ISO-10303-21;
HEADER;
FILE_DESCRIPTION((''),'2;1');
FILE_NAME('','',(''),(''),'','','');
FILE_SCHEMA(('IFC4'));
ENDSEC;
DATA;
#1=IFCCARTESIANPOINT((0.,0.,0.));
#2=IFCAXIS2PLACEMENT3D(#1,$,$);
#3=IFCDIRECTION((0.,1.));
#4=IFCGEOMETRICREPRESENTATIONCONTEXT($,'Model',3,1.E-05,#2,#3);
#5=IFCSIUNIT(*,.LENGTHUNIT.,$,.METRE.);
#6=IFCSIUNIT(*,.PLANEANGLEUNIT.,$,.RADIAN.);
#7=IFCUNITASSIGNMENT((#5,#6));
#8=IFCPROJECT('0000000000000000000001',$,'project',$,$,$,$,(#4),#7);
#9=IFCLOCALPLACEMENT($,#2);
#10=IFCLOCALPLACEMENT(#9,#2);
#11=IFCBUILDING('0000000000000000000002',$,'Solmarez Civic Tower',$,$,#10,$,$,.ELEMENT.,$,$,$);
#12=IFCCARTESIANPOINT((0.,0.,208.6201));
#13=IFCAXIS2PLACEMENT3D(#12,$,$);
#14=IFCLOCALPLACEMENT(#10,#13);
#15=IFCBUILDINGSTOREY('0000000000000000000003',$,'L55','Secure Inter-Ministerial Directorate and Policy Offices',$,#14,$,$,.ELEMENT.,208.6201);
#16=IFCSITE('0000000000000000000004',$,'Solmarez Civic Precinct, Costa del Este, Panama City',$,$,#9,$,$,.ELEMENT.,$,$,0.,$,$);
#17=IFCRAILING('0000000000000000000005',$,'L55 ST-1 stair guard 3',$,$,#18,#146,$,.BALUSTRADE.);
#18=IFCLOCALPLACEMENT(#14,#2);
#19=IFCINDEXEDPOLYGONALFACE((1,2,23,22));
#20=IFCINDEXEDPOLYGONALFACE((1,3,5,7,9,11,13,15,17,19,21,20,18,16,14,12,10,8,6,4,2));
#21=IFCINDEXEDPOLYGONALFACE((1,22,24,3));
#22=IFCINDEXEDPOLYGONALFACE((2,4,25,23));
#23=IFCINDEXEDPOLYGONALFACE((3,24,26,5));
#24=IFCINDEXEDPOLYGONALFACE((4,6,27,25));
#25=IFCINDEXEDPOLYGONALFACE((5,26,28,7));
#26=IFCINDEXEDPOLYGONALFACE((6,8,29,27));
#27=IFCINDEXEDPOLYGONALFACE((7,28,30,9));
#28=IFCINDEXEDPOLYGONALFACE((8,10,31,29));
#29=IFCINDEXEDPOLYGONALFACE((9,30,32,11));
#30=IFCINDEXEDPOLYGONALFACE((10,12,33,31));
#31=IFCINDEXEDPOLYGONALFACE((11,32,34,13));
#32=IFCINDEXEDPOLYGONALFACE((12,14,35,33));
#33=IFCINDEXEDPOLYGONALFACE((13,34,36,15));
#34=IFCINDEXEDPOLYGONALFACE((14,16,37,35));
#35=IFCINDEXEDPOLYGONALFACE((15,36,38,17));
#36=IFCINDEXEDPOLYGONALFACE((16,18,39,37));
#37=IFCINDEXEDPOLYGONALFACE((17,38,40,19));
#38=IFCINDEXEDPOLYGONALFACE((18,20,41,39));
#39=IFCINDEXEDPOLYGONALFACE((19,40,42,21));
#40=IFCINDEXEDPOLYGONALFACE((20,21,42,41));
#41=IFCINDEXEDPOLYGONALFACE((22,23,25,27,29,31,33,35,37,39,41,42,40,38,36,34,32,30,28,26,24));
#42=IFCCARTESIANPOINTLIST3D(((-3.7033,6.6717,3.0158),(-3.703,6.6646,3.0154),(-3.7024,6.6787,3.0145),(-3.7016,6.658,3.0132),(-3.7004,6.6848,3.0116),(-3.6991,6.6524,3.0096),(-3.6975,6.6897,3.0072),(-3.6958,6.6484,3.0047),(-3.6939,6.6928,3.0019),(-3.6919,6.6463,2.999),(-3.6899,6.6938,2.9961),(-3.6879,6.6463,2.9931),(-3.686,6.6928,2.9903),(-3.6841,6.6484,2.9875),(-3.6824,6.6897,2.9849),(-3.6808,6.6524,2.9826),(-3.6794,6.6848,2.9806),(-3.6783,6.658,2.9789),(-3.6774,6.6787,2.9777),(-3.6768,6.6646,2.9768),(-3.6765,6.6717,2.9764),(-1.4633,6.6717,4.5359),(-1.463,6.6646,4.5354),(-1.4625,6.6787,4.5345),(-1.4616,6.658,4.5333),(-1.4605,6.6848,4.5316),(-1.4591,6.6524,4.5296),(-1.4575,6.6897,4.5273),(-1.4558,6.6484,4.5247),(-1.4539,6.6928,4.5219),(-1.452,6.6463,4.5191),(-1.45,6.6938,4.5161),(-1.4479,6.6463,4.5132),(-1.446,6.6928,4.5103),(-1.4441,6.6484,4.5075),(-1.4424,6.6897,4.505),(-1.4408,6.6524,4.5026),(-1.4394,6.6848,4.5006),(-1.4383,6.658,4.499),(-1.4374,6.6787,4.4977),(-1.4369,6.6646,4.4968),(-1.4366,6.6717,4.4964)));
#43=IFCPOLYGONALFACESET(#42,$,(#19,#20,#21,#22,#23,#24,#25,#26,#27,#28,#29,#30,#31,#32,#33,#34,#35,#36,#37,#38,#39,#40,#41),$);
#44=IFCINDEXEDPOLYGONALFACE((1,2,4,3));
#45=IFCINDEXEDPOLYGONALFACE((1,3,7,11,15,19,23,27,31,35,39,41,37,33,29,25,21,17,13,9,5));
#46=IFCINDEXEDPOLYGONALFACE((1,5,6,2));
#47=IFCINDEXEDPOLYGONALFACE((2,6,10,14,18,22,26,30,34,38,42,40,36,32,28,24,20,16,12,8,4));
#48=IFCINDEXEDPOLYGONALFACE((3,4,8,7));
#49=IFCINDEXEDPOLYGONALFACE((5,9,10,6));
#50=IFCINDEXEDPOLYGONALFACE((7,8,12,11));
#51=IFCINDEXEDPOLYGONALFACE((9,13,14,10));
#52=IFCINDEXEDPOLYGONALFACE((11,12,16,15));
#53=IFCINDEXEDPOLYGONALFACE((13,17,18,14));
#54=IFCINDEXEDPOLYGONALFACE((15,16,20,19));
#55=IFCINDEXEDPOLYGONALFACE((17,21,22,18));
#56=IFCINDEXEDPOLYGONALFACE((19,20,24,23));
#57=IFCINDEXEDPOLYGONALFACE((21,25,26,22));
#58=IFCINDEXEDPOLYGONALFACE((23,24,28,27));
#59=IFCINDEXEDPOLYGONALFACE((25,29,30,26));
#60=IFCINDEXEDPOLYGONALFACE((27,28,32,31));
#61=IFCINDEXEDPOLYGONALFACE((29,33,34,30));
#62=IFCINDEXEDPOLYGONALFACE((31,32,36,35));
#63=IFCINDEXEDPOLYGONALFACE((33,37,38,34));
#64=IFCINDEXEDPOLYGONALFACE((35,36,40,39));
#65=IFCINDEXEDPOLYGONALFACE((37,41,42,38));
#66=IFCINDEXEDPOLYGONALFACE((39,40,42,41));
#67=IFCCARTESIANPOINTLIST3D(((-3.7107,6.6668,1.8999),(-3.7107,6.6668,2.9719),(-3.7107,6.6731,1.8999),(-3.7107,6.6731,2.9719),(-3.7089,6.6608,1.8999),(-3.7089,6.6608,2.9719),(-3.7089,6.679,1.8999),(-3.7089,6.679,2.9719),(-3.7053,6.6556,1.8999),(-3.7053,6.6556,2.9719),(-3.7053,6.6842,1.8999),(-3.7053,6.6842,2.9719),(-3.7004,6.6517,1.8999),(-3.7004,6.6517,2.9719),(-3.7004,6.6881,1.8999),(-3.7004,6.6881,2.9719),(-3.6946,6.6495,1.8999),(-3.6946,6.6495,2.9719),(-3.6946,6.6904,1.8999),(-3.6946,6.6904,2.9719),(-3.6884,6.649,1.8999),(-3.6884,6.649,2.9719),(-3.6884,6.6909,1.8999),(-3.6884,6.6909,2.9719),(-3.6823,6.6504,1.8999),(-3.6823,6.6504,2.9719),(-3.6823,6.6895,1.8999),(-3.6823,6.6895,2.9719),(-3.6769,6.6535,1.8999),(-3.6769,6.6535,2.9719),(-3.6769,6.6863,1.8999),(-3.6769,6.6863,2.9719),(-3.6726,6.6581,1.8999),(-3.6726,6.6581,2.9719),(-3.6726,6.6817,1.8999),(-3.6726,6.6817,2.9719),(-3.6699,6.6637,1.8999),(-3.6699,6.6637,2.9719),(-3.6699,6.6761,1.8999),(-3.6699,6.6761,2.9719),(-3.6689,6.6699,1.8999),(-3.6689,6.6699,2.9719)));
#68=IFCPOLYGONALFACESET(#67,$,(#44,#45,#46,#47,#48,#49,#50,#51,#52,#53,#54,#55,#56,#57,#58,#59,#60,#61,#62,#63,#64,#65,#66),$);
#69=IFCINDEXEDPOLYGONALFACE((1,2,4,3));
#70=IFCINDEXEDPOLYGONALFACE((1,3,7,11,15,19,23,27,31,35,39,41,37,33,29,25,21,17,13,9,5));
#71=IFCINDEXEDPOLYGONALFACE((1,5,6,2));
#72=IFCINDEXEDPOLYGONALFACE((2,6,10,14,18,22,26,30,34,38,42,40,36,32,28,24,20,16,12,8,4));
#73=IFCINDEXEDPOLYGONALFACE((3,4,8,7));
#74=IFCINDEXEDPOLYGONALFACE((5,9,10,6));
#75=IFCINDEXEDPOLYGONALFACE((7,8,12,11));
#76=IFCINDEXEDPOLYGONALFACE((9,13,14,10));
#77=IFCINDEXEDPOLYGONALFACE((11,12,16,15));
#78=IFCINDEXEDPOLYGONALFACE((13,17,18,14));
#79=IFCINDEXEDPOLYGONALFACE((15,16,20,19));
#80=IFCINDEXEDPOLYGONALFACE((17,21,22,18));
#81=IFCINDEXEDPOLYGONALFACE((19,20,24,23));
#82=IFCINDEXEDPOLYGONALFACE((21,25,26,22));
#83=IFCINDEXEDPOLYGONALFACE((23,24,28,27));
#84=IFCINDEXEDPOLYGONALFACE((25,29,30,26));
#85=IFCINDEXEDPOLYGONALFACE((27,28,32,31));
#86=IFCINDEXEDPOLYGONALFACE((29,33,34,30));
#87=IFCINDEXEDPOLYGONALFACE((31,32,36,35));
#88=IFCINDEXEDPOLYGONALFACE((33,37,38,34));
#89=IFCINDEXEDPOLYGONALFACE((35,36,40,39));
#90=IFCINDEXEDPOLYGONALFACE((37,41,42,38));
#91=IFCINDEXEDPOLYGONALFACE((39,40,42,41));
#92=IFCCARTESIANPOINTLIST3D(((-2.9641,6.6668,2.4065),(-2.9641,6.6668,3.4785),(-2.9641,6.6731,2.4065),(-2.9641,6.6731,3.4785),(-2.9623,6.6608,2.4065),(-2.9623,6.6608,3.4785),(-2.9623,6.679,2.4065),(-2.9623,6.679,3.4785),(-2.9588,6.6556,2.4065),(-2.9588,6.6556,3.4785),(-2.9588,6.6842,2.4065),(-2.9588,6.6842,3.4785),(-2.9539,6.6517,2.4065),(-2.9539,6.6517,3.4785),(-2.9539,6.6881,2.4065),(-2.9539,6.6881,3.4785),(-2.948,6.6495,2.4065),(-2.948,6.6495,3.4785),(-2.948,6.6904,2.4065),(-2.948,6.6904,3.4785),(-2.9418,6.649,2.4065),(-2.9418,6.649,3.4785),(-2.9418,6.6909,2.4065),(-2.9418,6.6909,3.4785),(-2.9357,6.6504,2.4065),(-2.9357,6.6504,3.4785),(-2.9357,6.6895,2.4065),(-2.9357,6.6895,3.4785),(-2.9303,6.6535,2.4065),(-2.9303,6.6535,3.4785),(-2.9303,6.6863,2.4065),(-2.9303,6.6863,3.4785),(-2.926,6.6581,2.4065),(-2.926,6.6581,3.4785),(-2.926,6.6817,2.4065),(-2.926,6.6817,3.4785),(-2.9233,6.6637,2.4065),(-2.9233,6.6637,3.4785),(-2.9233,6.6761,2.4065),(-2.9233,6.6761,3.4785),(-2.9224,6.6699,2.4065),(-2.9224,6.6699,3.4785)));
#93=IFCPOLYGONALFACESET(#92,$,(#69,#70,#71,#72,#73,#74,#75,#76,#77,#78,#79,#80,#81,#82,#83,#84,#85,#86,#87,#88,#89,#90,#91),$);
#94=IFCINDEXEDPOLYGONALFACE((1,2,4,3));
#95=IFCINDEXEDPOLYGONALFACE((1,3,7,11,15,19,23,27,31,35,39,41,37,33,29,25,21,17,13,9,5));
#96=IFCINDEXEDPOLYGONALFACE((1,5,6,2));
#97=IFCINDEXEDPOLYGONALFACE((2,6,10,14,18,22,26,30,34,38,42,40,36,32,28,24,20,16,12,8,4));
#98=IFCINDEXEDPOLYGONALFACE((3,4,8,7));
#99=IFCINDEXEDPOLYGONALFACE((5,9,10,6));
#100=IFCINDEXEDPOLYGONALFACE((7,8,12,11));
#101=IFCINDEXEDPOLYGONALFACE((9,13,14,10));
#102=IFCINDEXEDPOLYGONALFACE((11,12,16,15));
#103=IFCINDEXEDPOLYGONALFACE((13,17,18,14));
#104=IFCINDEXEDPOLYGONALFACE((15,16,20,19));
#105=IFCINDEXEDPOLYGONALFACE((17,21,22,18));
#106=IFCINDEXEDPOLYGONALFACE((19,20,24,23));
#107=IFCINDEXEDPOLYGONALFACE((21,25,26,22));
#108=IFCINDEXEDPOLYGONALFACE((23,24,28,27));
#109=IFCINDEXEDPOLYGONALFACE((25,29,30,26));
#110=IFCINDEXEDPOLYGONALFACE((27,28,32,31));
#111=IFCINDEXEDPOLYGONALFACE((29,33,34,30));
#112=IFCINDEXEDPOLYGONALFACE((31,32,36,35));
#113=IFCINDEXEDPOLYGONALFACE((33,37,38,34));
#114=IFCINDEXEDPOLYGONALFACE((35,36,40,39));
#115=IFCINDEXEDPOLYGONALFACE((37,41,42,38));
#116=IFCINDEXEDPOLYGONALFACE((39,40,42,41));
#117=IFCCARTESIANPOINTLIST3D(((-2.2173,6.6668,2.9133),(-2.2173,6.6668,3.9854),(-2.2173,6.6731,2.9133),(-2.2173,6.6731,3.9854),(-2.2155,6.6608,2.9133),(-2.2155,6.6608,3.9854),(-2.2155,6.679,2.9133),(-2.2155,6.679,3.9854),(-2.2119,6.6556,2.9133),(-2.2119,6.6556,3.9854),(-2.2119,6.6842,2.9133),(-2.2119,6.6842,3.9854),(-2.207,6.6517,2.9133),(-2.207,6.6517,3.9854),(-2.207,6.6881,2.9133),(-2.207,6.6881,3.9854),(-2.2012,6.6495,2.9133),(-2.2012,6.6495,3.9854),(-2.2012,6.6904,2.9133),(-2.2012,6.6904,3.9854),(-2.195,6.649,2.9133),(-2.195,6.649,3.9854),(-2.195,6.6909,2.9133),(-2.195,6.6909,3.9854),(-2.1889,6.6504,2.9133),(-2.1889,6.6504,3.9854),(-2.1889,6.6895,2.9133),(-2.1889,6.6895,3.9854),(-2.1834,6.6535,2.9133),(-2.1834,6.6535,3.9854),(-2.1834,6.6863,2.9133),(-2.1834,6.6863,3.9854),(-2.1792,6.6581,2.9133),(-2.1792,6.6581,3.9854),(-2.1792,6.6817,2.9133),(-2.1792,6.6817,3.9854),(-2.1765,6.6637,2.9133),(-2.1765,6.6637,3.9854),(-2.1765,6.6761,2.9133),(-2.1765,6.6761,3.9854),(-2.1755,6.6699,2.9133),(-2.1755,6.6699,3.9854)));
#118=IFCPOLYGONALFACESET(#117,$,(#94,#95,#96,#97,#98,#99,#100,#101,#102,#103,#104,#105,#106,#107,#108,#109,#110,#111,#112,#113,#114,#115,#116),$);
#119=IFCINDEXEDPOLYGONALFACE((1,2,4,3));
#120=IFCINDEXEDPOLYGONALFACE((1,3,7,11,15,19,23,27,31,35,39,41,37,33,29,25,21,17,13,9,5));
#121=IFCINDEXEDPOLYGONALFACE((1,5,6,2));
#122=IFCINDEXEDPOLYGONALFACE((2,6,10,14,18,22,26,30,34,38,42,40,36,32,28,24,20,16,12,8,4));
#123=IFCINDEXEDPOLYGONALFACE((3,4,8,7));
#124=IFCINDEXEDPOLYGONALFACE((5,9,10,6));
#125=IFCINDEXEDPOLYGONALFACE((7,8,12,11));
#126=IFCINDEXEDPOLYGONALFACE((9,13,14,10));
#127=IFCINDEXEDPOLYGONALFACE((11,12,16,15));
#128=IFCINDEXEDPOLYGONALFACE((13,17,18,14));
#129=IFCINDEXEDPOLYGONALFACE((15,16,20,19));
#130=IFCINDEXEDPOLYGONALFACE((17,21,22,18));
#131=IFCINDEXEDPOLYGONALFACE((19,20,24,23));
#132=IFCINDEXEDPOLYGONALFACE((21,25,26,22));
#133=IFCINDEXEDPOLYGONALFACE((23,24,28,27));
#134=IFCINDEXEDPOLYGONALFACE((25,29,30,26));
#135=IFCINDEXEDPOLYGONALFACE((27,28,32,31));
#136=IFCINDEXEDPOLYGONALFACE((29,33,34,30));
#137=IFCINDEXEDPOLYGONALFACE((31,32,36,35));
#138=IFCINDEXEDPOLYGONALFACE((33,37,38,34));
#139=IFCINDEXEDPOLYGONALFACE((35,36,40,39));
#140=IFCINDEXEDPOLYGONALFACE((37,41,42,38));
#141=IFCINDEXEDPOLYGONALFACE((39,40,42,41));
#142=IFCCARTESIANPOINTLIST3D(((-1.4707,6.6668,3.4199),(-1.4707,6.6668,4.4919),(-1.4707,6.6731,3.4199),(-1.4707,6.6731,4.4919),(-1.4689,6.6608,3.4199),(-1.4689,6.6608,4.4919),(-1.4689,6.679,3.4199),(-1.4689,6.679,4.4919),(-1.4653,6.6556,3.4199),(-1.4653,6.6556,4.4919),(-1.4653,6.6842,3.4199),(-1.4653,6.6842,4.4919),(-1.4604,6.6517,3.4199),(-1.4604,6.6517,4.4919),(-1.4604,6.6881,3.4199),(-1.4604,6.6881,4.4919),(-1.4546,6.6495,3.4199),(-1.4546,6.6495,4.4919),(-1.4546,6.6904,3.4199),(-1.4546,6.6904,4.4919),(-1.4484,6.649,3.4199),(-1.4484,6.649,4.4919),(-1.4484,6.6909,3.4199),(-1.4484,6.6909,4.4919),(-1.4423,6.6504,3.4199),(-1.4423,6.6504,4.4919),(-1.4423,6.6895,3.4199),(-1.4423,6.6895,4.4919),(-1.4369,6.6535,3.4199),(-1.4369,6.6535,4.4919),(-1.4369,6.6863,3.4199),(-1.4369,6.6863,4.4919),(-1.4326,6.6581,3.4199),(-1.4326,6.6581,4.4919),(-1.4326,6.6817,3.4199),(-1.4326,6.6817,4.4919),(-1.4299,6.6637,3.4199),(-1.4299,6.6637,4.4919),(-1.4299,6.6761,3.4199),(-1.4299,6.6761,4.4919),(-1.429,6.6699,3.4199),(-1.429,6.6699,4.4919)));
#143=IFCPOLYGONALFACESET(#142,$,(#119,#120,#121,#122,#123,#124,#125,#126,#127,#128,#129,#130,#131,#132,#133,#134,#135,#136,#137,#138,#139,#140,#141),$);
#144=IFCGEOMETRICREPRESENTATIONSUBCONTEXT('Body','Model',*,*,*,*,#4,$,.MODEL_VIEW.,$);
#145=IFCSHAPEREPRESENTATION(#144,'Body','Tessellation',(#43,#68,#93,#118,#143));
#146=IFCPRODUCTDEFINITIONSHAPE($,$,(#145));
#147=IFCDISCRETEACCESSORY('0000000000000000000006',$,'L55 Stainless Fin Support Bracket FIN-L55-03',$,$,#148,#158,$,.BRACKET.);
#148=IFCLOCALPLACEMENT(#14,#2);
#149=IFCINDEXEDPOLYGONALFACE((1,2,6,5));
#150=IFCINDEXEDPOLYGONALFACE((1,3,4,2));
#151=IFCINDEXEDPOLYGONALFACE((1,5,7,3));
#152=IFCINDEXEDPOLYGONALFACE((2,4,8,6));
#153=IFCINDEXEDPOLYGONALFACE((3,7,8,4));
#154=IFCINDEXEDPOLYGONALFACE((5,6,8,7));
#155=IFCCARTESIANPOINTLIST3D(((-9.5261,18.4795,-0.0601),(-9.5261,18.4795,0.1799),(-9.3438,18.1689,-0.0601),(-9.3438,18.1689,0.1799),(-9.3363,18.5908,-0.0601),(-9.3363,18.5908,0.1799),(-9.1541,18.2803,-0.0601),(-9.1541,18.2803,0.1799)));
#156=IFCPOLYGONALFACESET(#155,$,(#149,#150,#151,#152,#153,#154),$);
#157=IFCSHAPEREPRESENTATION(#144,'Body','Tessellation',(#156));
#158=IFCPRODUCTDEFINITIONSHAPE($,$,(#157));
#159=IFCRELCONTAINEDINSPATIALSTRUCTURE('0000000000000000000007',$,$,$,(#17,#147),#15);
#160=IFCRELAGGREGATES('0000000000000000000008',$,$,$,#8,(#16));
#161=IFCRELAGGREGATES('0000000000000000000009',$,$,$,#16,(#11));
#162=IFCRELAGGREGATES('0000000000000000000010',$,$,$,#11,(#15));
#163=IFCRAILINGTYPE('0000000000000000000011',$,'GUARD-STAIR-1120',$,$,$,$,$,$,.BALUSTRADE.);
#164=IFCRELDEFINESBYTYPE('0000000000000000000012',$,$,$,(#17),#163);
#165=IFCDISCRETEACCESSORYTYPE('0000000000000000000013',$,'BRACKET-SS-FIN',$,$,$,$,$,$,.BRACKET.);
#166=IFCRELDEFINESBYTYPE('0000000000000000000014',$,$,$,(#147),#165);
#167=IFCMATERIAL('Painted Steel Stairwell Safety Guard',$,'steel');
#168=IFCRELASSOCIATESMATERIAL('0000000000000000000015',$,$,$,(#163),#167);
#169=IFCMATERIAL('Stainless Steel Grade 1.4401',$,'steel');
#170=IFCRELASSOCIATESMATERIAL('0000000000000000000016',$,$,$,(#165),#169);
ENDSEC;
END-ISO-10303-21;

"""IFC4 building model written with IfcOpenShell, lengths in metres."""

from ifc_helpers import new_model, si_unit, direction, frame, origin, origin_2d, place, context, subcontext, project, spatial, rectangle, circle, extrude, material, type_object, element, save


model = new_model("IFC4")

# Units and contexts
model_context = context("Model", 3, precision=1e-05, world=origin(), true_north=direction((0.0, 1.0)))
body_context = subcontext(model_context, "Body", "Model", "MODEL_VIEW")
ifc_project = project(units=[si_unit("LENGTHUNIT", "METRE"), si_unit("PLANEANGLEUNIT", "RADIAN")], contexts=[model_context])

# Site, building, storey
site_placement = place(None, origin())
site = spatial("IfcSite", under=ifc_project, at=site_placement, Name="Solmarez Civic Precinct, Costa del Este, Panama City", CompositionType="ELEMENT", RefElevation=0.0)
building_placement = place(site_placement, origin())
building = spatial("IfcBuilding", under=site, at=building_placement, Name="Solmarez Civic Tower", CompositionType="ELEMENT")
storey_placement = place(building_placement, frame((0.0, 0.0, 208.6201)))
storey = spatial("IfcBuildingStorey", under=building, at=storey_placement, Name="L55", Description="Secure Inter-Ministerial Directorate and Policy Offices", CompositionType="ELEMENT", Elevation=208.6201)

# Railing
ifc_material_1 = material(Name="Painted Steel Stairwell Safety Guard", Category="steel")
railing_type = type_object("IfcRailingType", Name="GUARD-STAIR-1120", PredefinedType="BALUSTRADE", material=ifc_material_1)
railing_1_placement = place(storey_placement, frame((-3.6899, 6.6699, 1.8999)))
element("IfcRailing", 1, at=railing_1_placement, inside=storey, type_object=railing_type, Name="L55 ST-1 stair guard 3", PredefinedType="BALUSTRADE", context=body_context, shape_type="SweptSolid", body=[
    extrude(circle(Radius=0.0239, at=origin_2d()), frame((0.0, 0.0, 1.0962), z_axis=(0.827471, 0.0, 0.561508), x_axis=(0.0, 1.0, 0.0)), (0.0, 0.0, 1.0), 2.707),
    extrude(circle(Radius=0.021, at=origin_2d()), origin(), (0.0, 0.0, 1.0), 1.072),
    extrude(circle(Radius=0.021, at=origin_2d()), frame((0.7466, 0.0, 0.5066)), (0.0, 0.0, 1.0), 1.072),
    extrude(circle(Radius=0.021, at=origin_2d()), frame((1.4934, 0.0, 1.0134)), (0.0, 0.0, 1.0), 1.072),
    extrude(circle(Radius=0.021, at=origin_2d()), frame((2.24, 0.0, 1.52)), (0.0, 0.0, 1.0), 1.072),
])

# Discrete accessory
ifc_material_2 = material(Name="Stainless Steel Grade 1.4401", Category="steel")
discrete_accessory_type = type_object("IfcDiscreteAccessoryType", Name="BRACKET-SS-FIN", PredefinedType="BRACKET", material=ifc_material_2)
discrete_accessory_placement = place(storey_placement, frame((-9.3401, 18.3799, -0.0601), z_axis=(0.0, 0.0, 1.0), x_axis=(-0.506084, 0.862484, 0.0)))
element("IfcDiscreteAccessory", 2, at=discrete_accessory_placement, inside=storey, type_object=discrete_accessory_type, Name="L55 Stainless Fin Support Bracket FIN-L55-03", PredefinedType="BRACKET", context=body_context, shape_type="SweptSolid", body=[
    extrude(rectangle(XDim=0.3601, YDim=0.22, at=origin_2d()), origin(), (0.0, 0.0, 1.0), 0.24),
])

save(model, "model.ifc")
